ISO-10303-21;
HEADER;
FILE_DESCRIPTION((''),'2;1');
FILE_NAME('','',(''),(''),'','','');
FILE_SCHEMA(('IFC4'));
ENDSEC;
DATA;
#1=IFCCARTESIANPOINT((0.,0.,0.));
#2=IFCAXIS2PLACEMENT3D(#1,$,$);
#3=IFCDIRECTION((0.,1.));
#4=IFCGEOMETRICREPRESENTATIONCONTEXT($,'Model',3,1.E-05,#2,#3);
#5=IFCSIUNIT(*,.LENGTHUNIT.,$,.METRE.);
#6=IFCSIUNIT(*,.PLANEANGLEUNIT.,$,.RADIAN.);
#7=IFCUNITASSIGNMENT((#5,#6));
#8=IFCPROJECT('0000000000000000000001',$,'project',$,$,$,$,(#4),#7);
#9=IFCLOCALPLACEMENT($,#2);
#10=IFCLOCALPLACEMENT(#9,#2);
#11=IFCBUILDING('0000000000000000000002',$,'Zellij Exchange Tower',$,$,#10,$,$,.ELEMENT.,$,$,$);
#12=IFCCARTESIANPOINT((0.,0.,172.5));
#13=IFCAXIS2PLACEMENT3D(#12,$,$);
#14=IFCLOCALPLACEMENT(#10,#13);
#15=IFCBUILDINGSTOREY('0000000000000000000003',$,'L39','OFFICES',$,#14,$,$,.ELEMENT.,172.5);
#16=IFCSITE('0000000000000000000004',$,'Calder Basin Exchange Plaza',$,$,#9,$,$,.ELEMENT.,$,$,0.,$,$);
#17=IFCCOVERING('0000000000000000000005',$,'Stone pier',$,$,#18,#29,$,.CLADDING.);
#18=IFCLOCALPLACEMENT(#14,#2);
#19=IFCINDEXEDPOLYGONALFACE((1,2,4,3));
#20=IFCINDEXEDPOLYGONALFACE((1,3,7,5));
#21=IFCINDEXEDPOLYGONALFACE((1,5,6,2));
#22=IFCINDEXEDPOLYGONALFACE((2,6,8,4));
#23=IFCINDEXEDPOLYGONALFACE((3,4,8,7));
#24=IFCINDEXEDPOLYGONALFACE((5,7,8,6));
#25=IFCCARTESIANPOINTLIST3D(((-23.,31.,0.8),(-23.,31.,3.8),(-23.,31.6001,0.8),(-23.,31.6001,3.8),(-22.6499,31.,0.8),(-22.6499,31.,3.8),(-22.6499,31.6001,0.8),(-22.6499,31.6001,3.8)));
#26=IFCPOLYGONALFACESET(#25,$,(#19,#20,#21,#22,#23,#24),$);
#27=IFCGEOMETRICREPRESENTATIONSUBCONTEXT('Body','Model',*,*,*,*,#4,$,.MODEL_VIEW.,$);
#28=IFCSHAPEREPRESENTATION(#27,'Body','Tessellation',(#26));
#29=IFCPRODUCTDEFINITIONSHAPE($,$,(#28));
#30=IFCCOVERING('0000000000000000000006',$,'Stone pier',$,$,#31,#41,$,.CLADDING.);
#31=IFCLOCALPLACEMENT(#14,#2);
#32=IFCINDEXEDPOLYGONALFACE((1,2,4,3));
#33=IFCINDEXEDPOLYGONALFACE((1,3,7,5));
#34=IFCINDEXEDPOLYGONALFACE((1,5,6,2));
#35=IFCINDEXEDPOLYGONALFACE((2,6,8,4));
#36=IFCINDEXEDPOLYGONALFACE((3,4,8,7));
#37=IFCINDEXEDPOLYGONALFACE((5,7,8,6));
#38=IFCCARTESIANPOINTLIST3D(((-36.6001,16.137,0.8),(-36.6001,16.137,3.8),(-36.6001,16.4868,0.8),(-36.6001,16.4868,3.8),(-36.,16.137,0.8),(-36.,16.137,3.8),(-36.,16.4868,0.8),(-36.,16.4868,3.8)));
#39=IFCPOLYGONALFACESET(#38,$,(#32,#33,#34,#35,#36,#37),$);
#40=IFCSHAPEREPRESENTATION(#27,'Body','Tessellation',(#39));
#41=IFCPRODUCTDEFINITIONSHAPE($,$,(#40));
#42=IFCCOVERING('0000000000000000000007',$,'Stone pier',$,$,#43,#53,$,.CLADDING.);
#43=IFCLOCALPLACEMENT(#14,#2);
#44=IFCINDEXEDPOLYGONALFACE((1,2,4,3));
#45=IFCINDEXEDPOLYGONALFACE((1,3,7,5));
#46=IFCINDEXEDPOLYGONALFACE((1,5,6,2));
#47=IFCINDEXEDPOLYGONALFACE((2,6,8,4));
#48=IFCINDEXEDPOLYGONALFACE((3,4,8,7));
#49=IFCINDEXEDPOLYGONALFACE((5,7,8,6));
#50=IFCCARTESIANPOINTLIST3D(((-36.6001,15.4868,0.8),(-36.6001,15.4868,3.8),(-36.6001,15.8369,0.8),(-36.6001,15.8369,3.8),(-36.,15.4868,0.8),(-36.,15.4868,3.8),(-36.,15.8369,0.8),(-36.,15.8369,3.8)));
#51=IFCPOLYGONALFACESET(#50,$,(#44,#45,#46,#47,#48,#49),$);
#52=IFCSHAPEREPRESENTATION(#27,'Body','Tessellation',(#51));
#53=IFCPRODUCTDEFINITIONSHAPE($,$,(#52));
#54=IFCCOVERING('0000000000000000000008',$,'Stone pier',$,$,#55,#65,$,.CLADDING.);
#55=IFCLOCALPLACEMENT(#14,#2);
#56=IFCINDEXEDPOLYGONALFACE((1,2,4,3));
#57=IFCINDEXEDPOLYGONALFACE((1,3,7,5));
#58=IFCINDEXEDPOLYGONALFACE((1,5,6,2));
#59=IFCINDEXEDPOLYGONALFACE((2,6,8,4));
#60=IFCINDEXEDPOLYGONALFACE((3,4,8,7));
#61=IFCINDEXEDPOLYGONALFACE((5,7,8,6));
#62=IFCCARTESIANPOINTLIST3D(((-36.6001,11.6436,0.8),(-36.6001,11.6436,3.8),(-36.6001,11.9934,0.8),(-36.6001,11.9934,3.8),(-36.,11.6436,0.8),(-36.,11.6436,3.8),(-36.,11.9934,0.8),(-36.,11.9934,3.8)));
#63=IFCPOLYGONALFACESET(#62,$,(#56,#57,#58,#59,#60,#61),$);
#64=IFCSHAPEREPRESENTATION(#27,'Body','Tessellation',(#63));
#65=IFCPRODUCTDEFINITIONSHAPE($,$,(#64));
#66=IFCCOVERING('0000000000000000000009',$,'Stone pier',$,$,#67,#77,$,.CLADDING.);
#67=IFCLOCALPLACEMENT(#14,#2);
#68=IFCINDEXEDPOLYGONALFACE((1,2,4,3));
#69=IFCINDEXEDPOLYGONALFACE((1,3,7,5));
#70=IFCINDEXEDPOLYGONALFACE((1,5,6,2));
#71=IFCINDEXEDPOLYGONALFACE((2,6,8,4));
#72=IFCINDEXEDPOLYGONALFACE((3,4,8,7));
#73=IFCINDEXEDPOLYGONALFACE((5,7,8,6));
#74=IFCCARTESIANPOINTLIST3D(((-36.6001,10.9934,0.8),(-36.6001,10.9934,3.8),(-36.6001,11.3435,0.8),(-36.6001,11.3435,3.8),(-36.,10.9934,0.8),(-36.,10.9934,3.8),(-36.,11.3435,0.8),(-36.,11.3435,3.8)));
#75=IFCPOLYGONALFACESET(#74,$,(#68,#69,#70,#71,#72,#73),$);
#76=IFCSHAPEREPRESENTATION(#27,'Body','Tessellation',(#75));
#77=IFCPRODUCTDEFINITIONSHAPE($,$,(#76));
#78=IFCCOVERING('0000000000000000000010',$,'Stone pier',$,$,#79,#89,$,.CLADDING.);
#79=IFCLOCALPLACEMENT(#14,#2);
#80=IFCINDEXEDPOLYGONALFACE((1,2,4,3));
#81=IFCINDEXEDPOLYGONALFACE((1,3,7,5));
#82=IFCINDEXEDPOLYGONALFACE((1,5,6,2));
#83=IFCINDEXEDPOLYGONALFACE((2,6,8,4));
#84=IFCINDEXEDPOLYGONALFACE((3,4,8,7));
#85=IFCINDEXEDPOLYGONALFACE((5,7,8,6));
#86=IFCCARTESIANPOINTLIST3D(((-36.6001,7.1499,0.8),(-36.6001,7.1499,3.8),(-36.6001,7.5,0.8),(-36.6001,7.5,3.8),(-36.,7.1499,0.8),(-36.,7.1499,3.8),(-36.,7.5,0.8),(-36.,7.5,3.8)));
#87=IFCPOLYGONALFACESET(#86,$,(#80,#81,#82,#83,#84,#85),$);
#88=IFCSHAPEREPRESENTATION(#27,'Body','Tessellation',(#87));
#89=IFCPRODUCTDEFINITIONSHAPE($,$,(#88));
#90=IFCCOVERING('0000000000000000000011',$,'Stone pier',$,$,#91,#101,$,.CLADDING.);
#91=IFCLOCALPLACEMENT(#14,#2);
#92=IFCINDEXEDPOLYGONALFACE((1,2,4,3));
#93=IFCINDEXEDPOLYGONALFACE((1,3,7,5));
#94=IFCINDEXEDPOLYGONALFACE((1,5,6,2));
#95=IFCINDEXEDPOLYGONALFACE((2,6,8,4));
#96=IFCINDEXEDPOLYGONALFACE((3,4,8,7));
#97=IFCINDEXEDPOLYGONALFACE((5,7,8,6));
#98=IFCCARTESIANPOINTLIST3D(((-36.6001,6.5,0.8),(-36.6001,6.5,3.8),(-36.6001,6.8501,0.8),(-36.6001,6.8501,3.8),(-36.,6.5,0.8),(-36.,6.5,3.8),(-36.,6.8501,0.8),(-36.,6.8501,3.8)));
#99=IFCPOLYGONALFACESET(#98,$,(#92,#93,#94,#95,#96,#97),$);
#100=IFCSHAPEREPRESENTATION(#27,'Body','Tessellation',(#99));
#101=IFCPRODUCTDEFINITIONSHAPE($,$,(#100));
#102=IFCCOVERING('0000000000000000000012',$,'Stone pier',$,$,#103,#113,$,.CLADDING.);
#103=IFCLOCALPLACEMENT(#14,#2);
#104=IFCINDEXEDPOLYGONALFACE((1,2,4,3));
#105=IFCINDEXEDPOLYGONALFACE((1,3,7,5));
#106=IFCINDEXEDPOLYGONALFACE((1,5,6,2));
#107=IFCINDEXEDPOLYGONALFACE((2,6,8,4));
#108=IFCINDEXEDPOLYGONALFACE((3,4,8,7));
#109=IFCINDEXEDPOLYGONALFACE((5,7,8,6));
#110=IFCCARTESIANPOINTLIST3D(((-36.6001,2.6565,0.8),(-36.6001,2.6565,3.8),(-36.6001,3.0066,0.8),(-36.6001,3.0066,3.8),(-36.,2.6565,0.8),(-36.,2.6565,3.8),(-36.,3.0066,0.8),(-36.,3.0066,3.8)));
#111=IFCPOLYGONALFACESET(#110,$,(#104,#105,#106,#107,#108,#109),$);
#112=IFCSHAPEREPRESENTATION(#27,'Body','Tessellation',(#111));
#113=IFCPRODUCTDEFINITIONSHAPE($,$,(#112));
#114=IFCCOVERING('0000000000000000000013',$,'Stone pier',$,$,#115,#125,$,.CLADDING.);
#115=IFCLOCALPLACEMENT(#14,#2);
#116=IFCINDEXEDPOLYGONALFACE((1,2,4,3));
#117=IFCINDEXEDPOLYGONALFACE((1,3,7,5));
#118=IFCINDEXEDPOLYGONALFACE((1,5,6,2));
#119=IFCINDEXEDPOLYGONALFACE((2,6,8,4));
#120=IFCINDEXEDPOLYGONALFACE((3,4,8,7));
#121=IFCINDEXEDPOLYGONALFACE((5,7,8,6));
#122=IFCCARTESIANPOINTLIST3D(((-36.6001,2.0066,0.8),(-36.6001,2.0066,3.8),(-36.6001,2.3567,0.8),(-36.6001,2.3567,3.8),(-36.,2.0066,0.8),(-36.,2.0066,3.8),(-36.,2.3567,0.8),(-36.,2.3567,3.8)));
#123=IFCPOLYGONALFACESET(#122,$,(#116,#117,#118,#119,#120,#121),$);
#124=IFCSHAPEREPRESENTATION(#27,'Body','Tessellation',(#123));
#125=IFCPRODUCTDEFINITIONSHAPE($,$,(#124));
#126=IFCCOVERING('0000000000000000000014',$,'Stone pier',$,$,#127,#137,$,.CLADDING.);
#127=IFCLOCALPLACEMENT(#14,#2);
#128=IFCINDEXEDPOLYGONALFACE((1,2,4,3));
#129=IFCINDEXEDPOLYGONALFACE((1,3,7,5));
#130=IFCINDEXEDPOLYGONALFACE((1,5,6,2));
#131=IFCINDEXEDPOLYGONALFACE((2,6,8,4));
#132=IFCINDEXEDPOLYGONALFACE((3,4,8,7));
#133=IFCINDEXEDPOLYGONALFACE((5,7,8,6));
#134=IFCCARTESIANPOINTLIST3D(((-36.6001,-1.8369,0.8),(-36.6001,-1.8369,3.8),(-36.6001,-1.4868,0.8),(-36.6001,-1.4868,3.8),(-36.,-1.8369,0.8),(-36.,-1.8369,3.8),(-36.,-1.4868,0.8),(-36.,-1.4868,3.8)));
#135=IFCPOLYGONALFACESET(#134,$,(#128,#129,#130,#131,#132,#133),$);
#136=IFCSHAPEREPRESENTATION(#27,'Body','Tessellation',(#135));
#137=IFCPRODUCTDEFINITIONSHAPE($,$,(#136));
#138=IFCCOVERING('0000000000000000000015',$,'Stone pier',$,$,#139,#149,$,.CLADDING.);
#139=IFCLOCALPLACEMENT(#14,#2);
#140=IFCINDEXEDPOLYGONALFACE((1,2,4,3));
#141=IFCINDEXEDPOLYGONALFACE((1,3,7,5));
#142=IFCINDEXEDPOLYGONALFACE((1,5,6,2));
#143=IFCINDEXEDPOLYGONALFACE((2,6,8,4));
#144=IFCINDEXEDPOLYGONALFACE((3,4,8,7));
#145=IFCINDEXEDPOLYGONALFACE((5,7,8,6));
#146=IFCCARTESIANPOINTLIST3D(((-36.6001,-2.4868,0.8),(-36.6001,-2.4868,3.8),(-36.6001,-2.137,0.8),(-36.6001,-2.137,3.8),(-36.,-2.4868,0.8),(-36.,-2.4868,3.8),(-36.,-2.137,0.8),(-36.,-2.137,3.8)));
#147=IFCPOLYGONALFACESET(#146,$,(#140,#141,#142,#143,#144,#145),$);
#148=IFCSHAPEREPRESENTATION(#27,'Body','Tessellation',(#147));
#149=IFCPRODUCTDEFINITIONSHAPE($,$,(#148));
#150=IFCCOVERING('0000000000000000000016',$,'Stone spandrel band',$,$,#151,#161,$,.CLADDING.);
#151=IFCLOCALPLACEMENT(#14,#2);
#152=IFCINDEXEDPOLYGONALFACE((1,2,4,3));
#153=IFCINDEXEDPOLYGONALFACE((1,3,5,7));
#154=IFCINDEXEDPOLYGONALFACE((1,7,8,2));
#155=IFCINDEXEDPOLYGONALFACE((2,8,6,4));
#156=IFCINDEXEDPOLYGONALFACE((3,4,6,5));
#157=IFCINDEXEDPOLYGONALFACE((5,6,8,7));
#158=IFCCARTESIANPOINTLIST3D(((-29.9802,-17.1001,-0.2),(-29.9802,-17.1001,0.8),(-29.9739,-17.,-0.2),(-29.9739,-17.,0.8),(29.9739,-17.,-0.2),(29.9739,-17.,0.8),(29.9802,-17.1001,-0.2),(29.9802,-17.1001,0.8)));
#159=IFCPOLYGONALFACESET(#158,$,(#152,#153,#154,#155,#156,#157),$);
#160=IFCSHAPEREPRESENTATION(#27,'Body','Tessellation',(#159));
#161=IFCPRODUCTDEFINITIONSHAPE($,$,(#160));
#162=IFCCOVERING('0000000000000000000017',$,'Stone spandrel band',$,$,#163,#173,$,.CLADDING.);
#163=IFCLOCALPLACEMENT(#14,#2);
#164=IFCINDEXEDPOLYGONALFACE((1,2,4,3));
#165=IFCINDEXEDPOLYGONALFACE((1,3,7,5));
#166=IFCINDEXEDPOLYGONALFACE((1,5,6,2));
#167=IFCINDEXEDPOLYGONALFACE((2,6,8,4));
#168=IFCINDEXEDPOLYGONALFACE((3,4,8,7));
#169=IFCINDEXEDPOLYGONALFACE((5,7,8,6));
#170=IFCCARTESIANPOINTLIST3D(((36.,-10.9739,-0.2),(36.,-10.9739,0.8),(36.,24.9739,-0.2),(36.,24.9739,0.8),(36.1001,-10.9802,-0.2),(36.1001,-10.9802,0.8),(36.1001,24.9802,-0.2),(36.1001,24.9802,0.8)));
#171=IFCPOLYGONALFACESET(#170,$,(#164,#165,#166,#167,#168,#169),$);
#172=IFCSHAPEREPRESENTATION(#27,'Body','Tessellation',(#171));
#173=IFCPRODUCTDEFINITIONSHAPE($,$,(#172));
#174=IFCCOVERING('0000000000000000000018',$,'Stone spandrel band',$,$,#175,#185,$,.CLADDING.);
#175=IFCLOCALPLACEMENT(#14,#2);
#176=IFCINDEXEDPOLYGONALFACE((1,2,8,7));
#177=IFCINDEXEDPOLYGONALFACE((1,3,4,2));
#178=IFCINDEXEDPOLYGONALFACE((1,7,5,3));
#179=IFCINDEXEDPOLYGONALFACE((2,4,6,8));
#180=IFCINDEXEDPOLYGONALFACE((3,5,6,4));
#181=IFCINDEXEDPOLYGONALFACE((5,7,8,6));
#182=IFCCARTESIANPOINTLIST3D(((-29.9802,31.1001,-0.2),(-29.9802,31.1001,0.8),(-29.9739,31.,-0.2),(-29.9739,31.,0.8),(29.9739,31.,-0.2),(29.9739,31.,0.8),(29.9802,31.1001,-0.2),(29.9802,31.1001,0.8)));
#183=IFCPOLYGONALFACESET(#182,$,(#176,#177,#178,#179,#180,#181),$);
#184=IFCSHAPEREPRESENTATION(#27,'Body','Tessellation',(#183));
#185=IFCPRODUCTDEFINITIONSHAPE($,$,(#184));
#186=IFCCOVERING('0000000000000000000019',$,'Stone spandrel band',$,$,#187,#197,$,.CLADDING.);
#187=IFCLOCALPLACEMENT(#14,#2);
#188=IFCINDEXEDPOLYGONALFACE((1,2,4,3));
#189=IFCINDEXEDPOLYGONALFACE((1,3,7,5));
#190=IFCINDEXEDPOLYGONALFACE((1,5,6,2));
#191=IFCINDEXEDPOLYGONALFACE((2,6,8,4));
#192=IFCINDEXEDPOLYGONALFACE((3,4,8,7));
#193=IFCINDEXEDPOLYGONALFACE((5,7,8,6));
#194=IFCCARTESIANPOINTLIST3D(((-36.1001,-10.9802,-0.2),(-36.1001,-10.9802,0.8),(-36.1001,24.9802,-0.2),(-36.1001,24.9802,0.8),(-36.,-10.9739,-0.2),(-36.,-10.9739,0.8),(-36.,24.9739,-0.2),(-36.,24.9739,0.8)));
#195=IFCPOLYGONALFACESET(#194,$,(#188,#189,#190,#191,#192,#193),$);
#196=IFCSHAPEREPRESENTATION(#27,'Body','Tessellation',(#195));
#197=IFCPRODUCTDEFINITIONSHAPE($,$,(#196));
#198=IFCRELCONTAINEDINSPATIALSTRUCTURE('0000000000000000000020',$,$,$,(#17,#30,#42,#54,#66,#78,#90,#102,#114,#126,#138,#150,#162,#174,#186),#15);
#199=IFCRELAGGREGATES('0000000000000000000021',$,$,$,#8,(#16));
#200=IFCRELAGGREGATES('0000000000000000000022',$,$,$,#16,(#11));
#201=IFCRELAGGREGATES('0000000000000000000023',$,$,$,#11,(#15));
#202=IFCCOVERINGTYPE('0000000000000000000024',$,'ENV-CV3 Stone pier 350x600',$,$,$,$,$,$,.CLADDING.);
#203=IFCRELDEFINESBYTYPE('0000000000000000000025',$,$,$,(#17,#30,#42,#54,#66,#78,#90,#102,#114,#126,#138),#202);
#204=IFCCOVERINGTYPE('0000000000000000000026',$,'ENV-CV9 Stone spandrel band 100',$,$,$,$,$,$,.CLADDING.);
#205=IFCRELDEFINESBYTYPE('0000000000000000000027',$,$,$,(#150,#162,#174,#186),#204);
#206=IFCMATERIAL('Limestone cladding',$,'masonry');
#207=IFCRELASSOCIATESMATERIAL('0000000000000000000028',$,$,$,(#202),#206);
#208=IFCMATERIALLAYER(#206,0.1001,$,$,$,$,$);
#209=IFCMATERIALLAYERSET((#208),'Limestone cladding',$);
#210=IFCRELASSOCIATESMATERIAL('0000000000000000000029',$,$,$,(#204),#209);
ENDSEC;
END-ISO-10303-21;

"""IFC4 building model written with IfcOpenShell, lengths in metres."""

from ifc_helpers import new_model, si_unit, direction, frame, origin, place, context, subcontext, project, spatial, polyline, outline, extrude, material, layer, layer_set, type_object, element, save


model = new_model("IFC4")

# Units and contexts
model_context = context("Model", 3, precision=1e-05, world=origin(), true_north=direction((0.0, 1.0)))
body_context = subcontext(model_context, "Body", "Model", "MODEL_VIEW")
ifc_project = project(units=[si_unit("LENGTHUNIT", "METRE"), si_unit("PLANEANGLEUNIT", "RADIAN")], contexts=[model_context])

# Site, building, storey
site_placement = place(None, origin())
site = spatial("IfcSite", under=ifc_project, at=site_placement, Name="Calder Basin Exchange Plaza", CompositionType="ELEMENT", RefElevation=0.0)
building_placement = place(site_placement, origin())
building = spatial("IfcBuilding", under=site, at=building_placement, Name="Zellij Exchange Tower", CompositionType="ELEMENT")
storey_placement = place(building_placement, frame((0.0, 0.0, 172.5)))
storey = spatial("IfcBuildingStorey", under=building, at=storey_placement, Name="L39", Description="OFFICES", CompositionType="ELEMENT", Elevation=172.5)

# Coverings
ifc_material_1 = material(Name="Limestone cladding", Category="masonry")
covering_type_1 = type_object("IfcCoveringType", Name="ENV-CV3 Stone pier 350x600", PredefinedType="CLADDING", material=ifc_material_1)
covering_1_placement = place(storey_placement, frame((0.0, 0.0, 0.8)))
element("IfcCovering", 1, at=covering_1_placement, inside=storey, type_object=covering_type_1, Name="Stone pier", PredefinedType="CLADDING", context=body_context, shape_type="SweptSolid", body=[
    extrude(outline(polyline([(-22.6499, 31.0), (-23.0, 31.0), (-23.0, 31.6001), (-22.6499, 31.6001), (-22.6499, 31.0)])), origin(), (0.0, 0.0, 1.0), 3.0),
])
covering_2_placement = place(storey_placement, frame((0.0, 0.0, 0.8)))
element("IfcCovering", 2, at=covering_2_placement, inside=storey, type_object=covering_type_1, Name="Stone pier", PredefinedType="CLADDING", context=body_context, shape_type="SweptSolid", body=[
    extrude(outline(polyline([(-36.0, 16.4868), (-36.0, 16.137), (-36.6001, 16.137), (-36.6001, 16.4868), (-36.0, 16.4868)])), origin(), (0.0, 0.0, 1.0), 3.0),
])
covering_3_placement = place(storey_placement, frame((0.0, 0.0, 0.8)))
element("IfcCovering", 3, at=covering_3_placement, inside=storey, type_object=covering_type_1, Name="Stone pier", PredefinedType="CLADDING", context=body_context, shape_type="SweptSolid", body=[
    extrude(outline(polyline([(-36.0, 15.8369), (-36.0, 15.4868), (-36.6001, 15.4868), (-36.6001, 15.8369), (-36.0, 15.8369)])), origin(), (0.0, 0.0, 1.0), 3.0),
])
covering_4_placement = place(storey_placement, frame((0.0, 0.0, 0.8)))
element("IfcCovering", 4, at=covering_4_placement, inside=storey, type_object=covering_type_1, Name="Stone pier", PredefinedType="CLADDING", context=body_context, shape_type="SweptSolid", body=[
    extrude(outline(polyline([(-36.0, 11.9934), (-36.0, 11.6436), (-36.6001, 11.6436), (-36.6001, 11.9934), (-36.0, 11.9934)])), origin(), (0.0, 0.0, 1.0), 3.0),
])
covering_5_placement = place(storey_placement, frame((0.0, 0.0, 0.8)))
element("IfcCovering", 5, at=covering_5_placement, inside=storey, type_object=covering_type_1, Name="Stone pier", PredefinedType="CLADDING", context=body_context, shape_type="SweptSolid", body=[
    extrude(outline(polyline([(-36.0, 11.3435), (-36.0, 10.9934), (-36.6001, 10.9934), (-36.6001, 11.3435), (-36.0, 11.3435)])), origin(), (0.0, 0.0, 1.0), 3.0),
])
covering_6_placement = place(storey_placement, frame((0.0, 0.0, 0.8)))
element("IfcCovering", 6, at=covering_6_placement, inside=storey, type_object=covering_type_1, Name="Stone pier", PredefinedType="CLADDING", context=body_context, shape_type="SweptSolid", body=[
    extrude(outline(polyline([(-36.0, 7.5), (-36.0, 7.1499), (-36.6001, 7.1499), (-36.6001, 7.5), (-36.0, 7.5)])), origin(), (0.0, 0.0, 1.0), 3.0),
])
covering_7_placement = place(storey_placement, frame((0.0, 0.0, 0.8)))
element("IfcCovering", 7, at=covering_7_placement, inside=storey, type_object=covering_type_1, Name="Stone pier", PredefinedType="CLADDING", context=body_context, shape_type="SweptSolid", body=[
    extrude(outline(polyline([(-36.0, 6.8501), (-36.0, 6.5), (-36.6001, 6.5), (-36.6001, 6.8501), (-36.0, 6.8501)])), origin(), (0.0, 0.0, 1.0), 3.0),
])
covering_8_placement = place(storey_placement, frame((0.0, 0.0, 0.8)))
element("IfcCovering", 8, at=covering_8_placement, inside=storey, type_object=covering_type_1, Name="Stone pier", PredefinedType="CLADDING", context=body_context, shape_type="SweptSolid", body=[
    extrude(outline(polyline([(-36.0, 3.0066), (-36.0, 2.6565), (-36.6001, 2.6565), (-36.6001, 3.0066), (-36.0, 3.0066)])), origin(), (0.0, 0.0, 1.0), 3.0),
])
covering_9_placement = place(storey_placement, frame((0.0, 0.0, 0.8)))
element("IfcCovering", 9, at=covering_9_placement, inside=storey, type_object=covering_type_1, Name="Stone pier", PredefinedType="CLADDING", context=body_context, shape_type="SweptSolid", body=[
    extrude(outline(polyline([(-36.0, 2.3567), (-36.0, 2.0066), (-36.6001, 2.0066), (-36.6001, 2.3567), (-36.0, 2.3567)])), origin(), (0.0, 0.0, 1.0), 3.0),
])
covering_10_placement = place(storey_placement, frame((0.0, 0.0, 0.8)))
element("IfcCovering", 10, at=covering_10_placement, inside=storey, type_object=covering_type_1, Name="Stone pier", PredefinedType="CLADDING", context=body_context, shape_type="SweptSolid", body=[
    extrude(outline(polyline([(-36.0, -1.4868), (-36.0, -1.8369), (-36.6001, -1.8369), (-36.6001, -1.4868), (-36.0, -1.4868)])), origin(), (0.0, 0.0, 1.0), 3.0),
])
covering_11_placement = place(storey_placement, frame((0.0, 0.0, 0.8)))
element("IfcCovering", 11, at=covering_11_placement, inside=storey, type_object=covering_type_1, Name="Stone pier", PredefinedType="CLADDING", context=body_context, shape_type="SweptSolid", body=[
    extrude(outline(polyline([(-36.0, -2.137), (-36.0, -2.4868), (-36.6001, -2.4868), (-36.6001, -2.137), (-36.0, -2.137)])), origin(), (0.0, 0.0, 1.0), 3.0),
])
ifc_layer_1 = layer(ifc_material_1, 0.1001)
ifc_layer_set_1 = layer_set([ifc_layer_1], Name="Limestone cladding")
covering_type_2 = type_object("IfcCoveringType", Name="ENV-CV9 Stone spandrel band 100", PredefinedType="CLADDING", material=ifc_layer_set_1)
covering_12_placement = place(storey_placement, frame((0.0, 0.0, -0.2)))
element("IfcCovering", 12, at=covering_12_placement, inside=storey, type_object=covering_type_2, Name="Stone spandrel band", PredefinedType="CLADDING", context=body_context, shape_type="SweptSolid", body=[
    extrude(outline(polyline([(-29.9739, -17.0), (29.9739, -17.0), (29.9802, -17.1001), (-29.9802, -17.1001), (-29.9739, -17.0)])), origin(), (0.0, 0.0, 1.0), 1.0),
])
covering_13_placement = place(storey_placement, frame((0.0, 0.0, -0.2)))
element("IfcCovering", 13, at=covering_13_placement, inside=storey, type_object=covering_type_2, Name="Stone spandrel band", PredefinedType="CLADDING", context=body_context, shape_type="SweptSolid", body=[
    extrude(outline(polyline([(36.0, -10.9739), (36.0, 24.9739), (36.1001, 24.9802), (36.1001, -10.9802), (36.0, -10.9739)])), origin(), (0.0, 0.0, 1.0), 1.0),
])
covering_14_placement = place(storey_placement, frame((0.0, 0.0, -0.2)))
element("IfcCovering", 14, at=covering_14_placement, inside=storey, type_object=covering_type_2, Name="Stone spandrel band", PredefinedType="CLADDING", context=body_context, shape_type="SweptSolid", body=[
    extrude(outline(polyline([(29.9739, 31.0), (-29.9739, 31.0), (-29.9802, 31.1001), (29.9802, 31.1001), (29.9739, 31.0)])), origin(), (0.0, 0.0, 1.0), 1.0),
])
covering_15_placement = place(storey_placement, frame((0.0, 0.0, -0.2)))
element("IfcCovering", 15, at=covering_15_placement, inside=storey, type_object=covering_type_2, Name="Stone spandrel band", PredefinedType="CLADDING", context=body_context, shape_type="SweptSolid", body=[
    extrude(outline(polyline([(-36.0, 24.9739), (-36.0, -10.9739), (-36.1001, -10.9802), (-36.1001, 24.9802), (-36.0, 24.9739)])), origin(), (0.0, 0.0, 1.0), 1.0),
])

save(model, "model.ifc")
